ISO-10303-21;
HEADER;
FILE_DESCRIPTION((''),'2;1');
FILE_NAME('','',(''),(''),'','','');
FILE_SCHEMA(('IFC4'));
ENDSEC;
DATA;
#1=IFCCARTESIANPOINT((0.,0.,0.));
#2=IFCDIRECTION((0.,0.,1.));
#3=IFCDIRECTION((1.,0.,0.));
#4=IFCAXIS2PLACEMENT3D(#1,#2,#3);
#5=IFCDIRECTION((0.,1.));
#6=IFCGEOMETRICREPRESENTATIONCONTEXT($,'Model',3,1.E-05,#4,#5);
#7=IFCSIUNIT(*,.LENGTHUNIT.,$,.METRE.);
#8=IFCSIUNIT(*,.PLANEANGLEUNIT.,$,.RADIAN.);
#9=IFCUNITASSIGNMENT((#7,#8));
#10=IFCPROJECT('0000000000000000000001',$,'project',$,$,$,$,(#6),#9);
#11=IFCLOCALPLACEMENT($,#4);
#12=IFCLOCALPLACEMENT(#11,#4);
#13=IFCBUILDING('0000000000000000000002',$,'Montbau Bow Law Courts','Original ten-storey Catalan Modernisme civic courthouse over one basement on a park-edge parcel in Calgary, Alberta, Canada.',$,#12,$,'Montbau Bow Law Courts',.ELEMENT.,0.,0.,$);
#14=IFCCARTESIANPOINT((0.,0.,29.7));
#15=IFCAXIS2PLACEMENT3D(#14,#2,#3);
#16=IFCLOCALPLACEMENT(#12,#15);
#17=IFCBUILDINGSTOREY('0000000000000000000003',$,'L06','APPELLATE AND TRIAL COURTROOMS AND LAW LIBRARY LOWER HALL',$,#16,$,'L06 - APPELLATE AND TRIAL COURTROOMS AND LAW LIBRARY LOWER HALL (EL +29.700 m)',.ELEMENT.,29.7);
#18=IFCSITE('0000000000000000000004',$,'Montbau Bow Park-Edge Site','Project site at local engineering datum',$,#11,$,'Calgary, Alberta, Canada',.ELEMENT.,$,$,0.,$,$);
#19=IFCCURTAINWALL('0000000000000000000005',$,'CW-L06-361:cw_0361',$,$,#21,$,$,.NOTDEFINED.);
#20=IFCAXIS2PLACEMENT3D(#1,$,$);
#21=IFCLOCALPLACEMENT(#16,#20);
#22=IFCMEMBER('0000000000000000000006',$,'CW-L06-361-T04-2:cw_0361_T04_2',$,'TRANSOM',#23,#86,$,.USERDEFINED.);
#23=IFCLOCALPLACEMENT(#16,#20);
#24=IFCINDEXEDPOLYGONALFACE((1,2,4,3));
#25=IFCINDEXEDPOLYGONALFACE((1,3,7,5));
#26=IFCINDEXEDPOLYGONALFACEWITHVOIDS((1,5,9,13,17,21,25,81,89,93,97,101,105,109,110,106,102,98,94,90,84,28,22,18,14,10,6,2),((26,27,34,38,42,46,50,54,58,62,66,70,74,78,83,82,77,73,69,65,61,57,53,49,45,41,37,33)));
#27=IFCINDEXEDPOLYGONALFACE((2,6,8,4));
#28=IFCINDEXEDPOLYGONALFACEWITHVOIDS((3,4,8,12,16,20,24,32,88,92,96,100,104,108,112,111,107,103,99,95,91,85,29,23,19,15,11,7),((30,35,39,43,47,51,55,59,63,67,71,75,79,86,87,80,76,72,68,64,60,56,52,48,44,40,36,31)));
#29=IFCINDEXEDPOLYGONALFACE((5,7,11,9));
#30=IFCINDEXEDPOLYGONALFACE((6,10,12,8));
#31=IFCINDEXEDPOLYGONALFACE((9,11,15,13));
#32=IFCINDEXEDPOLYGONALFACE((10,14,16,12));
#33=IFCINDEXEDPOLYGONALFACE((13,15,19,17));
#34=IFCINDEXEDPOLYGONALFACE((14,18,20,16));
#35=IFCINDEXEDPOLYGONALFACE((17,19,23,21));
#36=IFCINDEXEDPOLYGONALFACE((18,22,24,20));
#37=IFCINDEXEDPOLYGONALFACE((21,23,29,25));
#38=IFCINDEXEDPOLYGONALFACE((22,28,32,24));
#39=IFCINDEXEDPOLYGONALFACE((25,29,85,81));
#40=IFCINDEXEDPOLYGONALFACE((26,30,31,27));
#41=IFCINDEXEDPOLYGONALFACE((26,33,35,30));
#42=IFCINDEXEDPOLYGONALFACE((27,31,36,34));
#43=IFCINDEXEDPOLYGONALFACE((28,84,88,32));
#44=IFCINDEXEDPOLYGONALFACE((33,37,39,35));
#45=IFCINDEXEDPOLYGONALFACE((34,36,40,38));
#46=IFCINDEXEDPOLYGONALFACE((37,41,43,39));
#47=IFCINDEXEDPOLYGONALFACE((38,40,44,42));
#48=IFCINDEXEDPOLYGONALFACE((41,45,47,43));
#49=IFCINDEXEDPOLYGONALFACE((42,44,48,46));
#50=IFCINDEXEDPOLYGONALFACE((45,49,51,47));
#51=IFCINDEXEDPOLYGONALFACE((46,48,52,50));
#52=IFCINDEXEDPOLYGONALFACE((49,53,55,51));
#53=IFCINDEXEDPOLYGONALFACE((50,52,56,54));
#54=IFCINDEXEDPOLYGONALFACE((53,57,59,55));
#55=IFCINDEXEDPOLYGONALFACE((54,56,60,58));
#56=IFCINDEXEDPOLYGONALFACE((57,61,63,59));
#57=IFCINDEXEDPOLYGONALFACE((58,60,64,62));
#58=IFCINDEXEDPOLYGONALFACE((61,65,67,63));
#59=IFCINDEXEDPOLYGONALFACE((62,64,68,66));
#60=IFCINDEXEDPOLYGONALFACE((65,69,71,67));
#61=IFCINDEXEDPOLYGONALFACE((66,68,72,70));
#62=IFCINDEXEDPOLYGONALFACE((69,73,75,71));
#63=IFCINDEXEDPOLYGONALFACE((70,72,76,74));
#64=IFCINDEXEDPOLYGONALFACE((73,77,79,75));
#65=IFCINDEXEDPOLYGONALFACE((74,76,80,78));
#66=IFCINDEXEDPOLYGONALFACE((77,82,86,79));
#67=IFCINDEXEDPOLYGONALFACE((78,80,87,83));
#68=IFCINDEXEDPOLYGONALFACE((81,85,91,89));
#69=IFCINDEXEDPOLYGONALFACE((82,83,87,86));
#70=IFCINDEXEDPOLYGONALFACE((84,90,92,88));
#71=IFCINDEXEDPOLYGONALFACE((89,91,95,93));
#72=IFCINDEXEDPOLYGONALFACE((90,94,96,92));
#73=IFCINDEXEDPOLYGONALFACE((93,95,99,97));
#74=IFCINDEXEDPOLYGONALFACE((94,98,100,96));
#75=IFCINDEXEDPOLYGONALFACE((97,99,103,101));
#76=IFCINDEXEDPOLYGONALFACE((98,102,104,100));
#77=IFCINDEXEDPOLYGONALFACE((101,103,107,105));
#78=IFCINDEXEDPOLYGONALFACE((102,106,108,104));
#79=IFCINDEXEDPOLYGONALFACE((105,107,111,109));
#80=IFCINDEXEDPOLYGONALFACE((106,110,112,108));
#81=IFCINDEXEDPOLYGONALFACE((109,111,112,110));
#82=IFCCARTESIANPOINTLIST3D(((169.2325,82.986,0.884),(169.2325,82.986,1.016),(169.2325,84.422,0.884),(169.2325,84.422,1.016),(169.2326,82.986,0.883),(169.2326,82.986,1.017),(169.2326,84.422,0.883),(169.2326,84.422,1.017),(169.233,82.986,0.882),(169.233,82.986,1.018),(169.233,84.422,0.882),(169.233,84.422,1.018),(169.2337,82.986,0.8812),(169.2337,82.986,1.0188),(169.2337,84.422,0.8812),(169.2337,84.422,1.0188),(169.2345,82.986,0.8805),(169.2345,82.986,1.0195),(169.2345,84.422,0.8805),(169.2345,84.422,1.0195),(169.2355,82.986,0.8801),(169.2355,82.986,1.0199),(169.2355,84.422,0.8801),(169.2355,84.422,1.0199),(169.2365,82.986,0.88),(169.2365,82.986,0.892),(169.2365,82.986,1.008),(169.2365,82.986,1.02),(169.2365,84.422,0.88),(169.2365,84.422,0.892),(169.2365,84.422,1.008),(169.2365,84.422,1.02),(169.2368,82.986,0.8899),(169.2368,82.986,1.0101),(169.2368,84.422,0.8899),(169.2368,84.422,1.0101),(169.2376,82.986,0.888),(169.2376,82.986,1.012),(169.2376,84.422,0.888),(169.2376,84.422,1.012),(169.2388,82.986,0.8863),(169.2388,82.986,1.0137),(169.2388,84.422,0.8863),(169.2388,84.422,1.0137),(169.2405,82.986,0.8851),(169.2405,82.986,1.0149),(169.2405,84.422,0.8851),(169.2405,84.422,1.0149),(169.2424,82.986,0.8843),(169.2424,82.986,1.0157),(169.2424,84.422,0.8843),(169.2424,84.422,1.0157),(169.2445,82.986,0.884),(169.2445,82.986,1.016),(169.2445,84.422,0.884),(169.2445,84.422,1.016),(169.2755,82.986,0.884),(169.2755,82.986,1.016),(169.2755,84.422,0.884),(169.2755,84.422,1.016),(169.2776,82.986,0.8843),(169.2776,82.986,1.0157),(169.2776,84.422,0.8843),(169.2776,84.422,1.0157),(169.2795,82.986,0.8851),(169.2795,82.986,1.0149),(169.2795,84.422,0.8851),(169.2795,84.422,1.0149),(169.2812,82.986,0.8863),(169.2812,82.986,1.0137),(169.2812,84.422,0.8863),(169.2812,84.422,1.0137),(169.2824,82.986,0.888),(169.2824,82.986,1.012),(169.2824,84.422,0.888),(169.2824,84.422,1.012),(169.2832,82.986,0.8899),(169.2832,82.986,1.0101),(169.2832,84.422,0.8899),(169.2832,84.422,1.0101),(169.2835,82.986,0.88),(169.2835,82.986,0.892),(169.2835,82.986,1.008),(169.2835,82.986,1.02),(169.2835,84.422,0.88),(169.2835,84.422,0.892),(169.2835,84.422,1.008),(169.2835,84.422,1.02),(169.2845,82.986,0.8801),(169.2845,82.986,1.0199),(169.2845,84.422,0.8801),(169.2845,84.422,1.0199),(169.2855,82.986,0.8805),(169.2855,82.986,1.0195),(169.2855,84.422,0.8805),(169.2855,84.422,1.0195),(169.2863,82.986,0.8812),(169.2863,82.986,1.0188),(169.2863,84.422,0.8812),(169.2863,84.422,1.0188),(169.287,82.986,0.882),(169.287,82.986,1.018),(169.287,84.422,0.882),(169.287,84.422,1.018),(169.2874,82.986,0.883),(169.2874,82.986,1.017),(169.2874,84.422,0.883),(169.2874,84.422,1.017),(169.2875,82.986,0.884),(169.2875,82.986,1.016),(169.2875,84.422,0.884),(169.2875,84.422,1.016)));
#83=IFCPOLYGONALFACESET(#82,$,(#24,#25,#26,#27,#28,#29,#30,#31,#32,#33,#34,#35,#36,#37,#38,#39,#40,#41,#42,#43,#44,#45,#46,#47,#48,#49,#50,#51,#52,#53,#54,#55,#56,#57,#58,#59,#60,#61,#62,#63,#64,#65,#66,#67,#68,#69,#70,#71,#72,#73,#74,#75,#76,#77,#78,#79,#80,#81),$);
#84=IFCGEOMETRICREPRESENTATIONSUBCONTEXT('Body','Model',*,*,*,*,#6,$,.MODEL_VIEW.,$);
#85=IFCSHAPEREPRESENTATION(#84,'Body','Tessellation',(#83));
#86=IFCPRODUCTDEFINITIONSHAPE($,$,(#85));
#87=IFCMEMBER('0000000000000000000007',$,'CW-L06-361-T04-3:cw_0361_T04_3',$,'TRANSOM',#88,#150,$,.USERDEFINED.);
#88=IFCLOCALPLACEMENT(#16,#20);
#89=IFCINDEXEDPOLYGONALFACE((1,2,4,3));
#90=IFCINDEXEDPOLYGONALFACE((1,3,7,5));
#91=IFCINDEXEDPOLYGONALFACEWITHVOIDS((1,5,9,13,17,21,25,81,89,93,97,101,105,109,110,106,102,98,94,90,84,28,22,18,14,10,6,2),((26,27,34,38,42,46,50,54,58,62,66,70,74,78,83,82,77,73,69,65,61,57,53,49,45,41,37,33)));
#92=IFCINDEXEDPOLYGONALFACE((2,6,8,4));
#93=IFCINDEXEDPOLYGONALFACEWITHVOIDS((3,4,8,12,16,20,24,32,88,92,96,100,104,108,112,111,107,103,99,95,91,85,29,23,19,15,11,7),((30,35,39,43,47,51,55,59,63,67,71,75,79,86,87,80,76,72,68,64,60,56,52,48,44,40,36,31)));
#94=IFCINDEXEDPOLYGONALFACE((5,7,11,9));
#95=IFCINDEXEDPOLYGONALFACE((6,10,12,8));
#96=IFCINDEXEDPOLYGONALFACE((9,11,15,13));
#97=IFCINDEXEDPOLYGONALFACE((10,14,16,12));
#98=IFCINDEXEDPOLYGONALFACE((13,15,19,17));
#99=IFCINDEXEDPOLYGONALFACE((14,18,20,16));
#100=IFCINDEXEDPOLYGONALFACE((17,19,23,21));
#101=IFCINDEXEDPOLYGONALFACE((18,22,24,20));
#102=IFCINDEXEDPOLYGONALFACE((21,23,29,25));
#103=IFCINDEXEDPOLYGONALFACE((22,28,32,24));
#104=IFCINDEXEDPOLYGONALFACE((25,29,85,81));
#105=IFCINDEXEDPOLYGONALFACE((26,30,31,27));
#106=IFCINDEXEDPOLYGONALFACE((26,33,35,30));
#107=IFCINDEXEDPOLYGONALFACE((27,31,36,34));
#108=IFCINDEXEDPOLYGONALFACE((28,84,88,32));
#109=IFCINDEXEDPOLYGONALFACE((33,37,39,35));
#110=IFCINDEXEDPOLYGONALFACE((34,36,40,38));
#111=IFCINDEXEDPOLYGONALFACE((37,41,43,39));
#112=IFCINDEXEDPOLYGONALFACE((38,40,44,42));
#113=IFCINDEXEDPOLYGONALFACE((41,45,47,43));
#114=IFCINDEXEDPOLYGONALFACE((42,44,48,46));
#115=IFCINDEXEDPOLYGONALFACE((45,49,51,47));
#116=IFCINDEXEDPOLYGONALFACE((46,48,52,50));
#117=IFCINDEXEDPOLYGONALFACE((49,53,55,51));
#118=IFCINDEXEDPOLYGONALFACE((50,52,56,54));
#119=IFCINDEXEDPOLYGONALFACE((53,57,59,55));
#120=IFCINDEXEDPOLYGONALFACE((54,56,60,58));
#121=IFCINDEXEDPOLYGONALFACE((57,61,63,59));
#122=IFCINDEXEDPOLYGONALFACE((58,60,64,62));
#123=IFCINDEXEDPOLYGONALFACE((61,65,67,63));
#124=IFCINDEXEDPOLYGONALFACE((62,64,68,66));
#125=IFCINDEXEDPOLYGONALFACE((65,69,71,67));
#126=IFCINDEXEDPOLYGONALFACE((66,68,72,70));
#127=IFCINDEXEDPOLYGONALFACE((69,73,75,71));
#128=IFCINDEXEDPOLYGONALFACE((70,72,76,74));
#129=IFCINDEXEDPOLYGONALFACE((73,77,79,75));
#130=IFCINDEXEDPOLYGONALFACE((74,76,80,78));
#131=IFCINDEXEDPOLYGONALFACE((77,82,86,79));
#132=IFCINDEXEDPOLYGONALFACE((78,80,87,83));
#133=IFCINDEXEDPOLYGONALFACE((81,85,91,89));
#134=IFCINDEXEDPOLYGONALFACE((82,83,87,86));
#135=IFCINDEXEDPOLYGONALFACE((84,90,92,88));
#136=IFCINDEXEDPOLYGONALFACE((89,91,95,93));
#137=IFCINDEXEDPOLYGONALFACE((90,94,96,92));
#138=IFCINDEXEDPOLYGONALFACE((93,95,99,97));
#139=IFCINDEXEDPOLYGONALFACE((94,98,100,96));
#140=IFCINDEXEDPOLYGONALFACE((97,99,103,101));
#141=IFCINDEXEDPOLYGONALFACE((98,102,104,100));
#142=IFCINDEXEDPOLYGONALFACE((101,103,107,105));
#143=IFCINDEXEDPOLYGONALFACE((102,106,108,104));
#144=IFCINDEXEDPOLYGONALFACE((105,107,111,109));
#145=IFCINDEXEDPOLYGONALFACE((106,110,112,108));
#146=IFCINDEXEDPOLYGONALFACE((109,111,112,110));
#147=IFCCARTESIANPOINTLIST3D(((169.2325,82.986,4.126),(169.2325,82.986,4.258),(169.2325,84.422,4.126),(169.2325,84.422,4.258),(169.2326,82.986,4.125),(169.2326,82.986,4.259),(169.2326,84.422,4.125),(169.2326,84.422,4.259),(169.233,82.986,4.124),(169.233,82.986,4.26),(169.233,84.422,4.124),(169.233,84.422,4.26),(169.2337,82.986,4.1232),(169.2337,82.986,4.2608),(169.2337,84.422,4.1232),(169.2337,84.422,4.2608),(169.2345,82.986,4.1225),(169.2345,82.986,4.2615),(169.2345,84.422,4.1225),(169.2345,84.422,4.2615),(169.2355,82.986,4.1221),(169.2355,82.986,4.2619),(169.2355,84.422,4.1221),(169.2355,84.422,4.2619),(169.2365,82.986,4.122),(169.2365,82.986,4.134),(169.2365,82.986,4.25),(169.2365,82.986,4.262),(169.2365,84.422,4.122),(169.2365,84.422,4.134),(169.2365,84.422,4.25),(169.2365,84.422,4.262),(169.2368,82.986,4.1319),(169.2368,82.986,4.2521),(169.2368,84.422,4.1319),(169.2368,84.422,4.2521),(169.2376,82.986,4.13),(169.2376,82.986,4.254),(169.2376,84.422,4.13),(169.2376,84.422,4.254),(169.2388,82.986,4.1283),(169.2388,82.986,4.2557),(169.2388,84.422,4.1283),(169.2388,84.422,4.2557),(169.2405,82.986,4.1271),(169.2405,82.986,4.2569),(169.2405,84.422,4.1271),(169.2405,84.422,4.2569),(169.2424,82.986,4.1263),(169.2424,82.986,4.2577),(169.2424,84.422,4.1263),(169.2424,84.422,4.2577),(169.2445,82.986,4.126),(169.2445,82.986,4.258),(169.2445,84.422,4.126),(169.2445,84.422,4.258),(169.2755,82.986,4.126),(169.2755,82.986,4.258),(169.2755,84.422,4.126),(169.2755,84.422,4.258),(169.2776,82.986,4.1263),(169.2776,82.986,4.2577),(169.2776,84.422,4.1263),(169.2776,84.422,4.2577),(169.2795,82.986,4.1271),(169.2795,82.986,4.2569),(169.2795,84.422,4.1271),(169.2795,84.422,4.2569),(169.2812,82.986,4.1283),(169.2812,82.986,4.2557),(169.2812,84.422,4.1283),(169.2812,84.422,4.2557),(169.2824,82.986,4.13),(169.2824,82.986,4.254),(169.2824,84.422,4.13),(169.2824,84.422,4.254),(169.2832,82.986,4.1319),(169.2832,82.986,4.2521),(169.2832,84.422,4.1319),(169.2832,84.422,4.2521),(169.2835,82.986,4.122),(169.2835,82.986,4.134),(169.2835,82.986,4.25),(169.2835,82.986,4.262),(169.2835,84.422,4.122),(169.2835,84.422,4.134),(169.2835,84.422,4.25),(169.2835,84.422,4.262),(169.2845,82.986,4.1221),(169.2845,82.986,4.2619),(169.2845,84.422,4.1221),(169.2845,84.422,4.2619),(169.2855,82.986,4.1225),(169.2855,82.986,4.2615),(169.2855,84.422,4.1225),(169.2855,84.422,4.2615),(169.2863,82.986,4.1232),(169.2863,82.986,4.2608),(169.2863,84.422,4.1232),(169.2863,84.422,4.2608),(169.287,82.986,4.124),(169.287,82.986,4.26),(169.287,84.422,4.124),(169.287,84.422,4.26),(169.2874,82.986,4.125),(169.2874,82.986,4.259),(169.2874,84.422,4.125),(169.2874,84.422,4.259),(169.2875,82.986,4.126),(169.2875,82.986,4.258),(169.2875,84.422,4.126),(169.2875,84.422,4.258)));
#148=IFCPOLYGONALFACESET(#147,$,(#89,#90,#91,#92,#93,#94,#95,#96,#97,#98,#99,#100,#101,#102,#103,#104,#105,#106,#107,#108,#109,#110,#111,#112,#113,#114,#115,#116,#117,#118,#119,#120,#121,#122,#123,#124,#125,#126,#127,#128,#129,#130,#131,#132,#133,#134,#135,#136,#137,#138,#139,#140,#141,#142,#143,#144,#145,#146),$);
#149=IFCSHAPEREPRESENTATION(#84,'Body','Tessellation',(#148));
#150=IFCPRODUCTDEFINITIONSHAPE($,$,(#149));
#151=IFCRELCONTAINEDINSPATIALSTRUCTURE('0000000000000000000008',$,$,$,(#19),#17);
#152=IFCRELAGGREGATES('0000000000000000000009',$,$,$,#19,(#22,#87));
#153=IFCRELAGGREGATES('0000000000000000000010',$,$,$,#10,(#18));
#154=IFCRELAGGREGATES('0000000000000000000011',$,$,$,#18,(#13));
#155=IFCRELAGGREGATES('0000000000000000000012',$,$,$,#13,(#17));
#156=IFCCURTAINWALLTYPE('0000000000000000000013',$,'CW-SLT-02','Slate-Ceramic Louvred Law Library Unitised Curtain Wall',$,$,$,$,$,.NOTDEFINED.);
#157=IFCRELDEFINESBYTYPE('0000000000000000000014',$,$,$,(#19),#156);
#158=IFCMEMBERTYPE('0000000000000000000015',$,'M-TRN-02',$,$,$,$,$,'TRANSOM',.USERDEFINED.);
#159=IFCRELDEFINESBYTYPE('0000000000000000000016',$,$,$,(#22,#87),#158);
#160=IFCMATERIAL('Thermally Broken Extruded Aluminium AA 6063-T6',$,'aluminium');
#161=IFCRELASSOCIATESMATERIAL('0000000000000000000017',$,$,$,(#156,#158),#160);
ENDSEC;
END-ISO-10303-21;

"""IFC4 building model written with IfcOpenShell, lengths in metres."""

from ifc_helpers import new_model, si_unit, direction, frame, origin_with_axes, origin_2d_with_axis, place, context, subcontext, project, spatial, hollow_rectangle, extrude, material, material_profile, profile_set, type_object, element, aggregate, save


model = new_model("IFC4")

# Units and contexts
model_context = context("Model", 3, precision=1e-05, world=origin_with_axes(), true_north=direction((0.0, 1.0)))
body_context = subcontext(model_context, "Body", "Model", "MODEL_VIEW")
ifc_project = project(units=[si_unit("LENGTHUNIT", "METRE"), si_unit("PLANEANGLEUNIT", "RADIAN")], contexts=[model_context])

# Site, building, storey
site_placement = place(None, origin_with_axes())
site = spatial("IfcSite", under=ifc_project, at=site_placement, Name="Montbau Bow Park-Edge Site", Description="Project site at local engineering datum", LongName="Calgary, Alberta, Canada", CompositionType="ELEMENT", RefElevation=0.0)
building_placement = place(site_placement, origin_with_axes())
building = spatial("IfcBuilding", under=site, at=building_placement, Name="Montbau Bow Law Courts", Description="Original ten-storey Catalan Modernisme civic courthouse over one basement on a park-edge parcel in Calgary, Alberta, Canada.", LongName="Montbau Bow Law Courts", CompositionType="ELEMENT", ElevationOfRefHeight=0.0, ElevationOfTerrain=0.0)
storey_placement = place(building_placement, frame((0.0, 0.0, 29.7), z_axis=(0.0, 0.0, 1.0), x_axis=(1.0, 0.0, 0.0)))
storey = spatial("IfcBuildingStorey", under=building, at=storey_placement, Name="L06", Description="APPELLATE AND TRIAL COURTROOMS AND LAW LIBRARY LOWER HALL", LongName="L06 - APPELLATE AND TRIAL COURTROOMS AND LAW LIBRARY LOWER HALL (EL +29.700 m)", CompositionType="ELEMENT", Elevation=29.7)

# Curtain wall
ifc_material_1 = material(Name="Thermally Broken Extruded Aluminium AA 6063-T6", Category="aluminium")
curtain_wall_type = type_object("IfcCurtainWallType", Name="CW-SLT-02", Description="Slate-Ceramic Louvred Law Library Unitised Curtain Wall", PredefinedType="NOTDEFINED", material=ifc_material_1)
curtain_wall_1_placement = place(None, frame((169.26, 78.44, 29.7), z_axis=(0.0, 0.0, 1.0), x_axis=(1.0, 0.0, 0.0)))
curtain_wall_1 = element("IfcCurtainWall", 1, at=curtain_wall_1_placement, inside=storey, type_object=curtain_wall_type, Name="CW-L06-361:cw_0361", PredefinedType="NOTDEFINED")

# Members
ifc_material_profile_1 = material_profile(ifc_material_1, hollow_rectangle(XDim=0.055, YDim=0.14, WallThickness=0.004, InnerFilletRadius=0.008, OuterFilletRadius=0.004, at=origin_2d_with_axis()), Name="CWT-140X55", Category="Main", Priority=0)
ifc_profile_set_1 = profile_set([ifc_material_profile_1], Name="Thermally Broken Extruded Aluminium AA 6063-T6")
member_type_1 = type_object("IfcMemberType", Name="M-TRN-02", ElementType="TRANSOM", PredefinedType="USERDEFINED", material=ifc_profile_set_1)
member_1_placement = place(None, frame((169.26, 82.986, 30.65), z_axis=(0.0, 1.0, 0.0), x_axis=(-1.0, 0.0, 0.0)))
member_1 = element("IfcMember", 2, at=member_1_placement, type_object=member_type_1, Name="CW-L06-361-T04-2:cw_0361_T04_2", ObjectType="TRANSOM", PredefinedType="USERDEFINED", context=body_context, shape_type="SweptSolid", body=[
    extrude(hollow_rectangle(XDim=0.055, YDim=0.14, WallThickness=0.004, InnerFilletRadius=0.008, OuterFilletRadius=0.004, at=origin_2d_with_axis()), origin_with_axes(), (0.0, 0.0, 1.0), 1.436),
])
member_2_placement = place(None, frame((169.26, 82.986, 33.892), z_axis=(0.0, 1.0, 0.0), x_axis=(-1.0, 0.0, 0.0)))
member_2 = element("IfcMember", 3, at=member_2_placement, type_object=member_type_1, Name="CW-L06-361-T04-3:cw_0361_T04_3", ObjectType="TRANSOM", PredefinedType="USERDEFINED", context=body_context, shape_type="SweptSolid", body=[
    extrude(hollow_rectangle(XDim=0.055, YDim=0.14, WallThickness=0.004, InnerFilletRadius=0.008, OuterFilletRadius=0.004, at=origin_2d_with_axis()), origin_with_axes(), (0.0, 0.0, 1.0), 1.436),
])

aggregate(curtain_wall_1, [member_1, member_2])

save(model, "model.ifc")
